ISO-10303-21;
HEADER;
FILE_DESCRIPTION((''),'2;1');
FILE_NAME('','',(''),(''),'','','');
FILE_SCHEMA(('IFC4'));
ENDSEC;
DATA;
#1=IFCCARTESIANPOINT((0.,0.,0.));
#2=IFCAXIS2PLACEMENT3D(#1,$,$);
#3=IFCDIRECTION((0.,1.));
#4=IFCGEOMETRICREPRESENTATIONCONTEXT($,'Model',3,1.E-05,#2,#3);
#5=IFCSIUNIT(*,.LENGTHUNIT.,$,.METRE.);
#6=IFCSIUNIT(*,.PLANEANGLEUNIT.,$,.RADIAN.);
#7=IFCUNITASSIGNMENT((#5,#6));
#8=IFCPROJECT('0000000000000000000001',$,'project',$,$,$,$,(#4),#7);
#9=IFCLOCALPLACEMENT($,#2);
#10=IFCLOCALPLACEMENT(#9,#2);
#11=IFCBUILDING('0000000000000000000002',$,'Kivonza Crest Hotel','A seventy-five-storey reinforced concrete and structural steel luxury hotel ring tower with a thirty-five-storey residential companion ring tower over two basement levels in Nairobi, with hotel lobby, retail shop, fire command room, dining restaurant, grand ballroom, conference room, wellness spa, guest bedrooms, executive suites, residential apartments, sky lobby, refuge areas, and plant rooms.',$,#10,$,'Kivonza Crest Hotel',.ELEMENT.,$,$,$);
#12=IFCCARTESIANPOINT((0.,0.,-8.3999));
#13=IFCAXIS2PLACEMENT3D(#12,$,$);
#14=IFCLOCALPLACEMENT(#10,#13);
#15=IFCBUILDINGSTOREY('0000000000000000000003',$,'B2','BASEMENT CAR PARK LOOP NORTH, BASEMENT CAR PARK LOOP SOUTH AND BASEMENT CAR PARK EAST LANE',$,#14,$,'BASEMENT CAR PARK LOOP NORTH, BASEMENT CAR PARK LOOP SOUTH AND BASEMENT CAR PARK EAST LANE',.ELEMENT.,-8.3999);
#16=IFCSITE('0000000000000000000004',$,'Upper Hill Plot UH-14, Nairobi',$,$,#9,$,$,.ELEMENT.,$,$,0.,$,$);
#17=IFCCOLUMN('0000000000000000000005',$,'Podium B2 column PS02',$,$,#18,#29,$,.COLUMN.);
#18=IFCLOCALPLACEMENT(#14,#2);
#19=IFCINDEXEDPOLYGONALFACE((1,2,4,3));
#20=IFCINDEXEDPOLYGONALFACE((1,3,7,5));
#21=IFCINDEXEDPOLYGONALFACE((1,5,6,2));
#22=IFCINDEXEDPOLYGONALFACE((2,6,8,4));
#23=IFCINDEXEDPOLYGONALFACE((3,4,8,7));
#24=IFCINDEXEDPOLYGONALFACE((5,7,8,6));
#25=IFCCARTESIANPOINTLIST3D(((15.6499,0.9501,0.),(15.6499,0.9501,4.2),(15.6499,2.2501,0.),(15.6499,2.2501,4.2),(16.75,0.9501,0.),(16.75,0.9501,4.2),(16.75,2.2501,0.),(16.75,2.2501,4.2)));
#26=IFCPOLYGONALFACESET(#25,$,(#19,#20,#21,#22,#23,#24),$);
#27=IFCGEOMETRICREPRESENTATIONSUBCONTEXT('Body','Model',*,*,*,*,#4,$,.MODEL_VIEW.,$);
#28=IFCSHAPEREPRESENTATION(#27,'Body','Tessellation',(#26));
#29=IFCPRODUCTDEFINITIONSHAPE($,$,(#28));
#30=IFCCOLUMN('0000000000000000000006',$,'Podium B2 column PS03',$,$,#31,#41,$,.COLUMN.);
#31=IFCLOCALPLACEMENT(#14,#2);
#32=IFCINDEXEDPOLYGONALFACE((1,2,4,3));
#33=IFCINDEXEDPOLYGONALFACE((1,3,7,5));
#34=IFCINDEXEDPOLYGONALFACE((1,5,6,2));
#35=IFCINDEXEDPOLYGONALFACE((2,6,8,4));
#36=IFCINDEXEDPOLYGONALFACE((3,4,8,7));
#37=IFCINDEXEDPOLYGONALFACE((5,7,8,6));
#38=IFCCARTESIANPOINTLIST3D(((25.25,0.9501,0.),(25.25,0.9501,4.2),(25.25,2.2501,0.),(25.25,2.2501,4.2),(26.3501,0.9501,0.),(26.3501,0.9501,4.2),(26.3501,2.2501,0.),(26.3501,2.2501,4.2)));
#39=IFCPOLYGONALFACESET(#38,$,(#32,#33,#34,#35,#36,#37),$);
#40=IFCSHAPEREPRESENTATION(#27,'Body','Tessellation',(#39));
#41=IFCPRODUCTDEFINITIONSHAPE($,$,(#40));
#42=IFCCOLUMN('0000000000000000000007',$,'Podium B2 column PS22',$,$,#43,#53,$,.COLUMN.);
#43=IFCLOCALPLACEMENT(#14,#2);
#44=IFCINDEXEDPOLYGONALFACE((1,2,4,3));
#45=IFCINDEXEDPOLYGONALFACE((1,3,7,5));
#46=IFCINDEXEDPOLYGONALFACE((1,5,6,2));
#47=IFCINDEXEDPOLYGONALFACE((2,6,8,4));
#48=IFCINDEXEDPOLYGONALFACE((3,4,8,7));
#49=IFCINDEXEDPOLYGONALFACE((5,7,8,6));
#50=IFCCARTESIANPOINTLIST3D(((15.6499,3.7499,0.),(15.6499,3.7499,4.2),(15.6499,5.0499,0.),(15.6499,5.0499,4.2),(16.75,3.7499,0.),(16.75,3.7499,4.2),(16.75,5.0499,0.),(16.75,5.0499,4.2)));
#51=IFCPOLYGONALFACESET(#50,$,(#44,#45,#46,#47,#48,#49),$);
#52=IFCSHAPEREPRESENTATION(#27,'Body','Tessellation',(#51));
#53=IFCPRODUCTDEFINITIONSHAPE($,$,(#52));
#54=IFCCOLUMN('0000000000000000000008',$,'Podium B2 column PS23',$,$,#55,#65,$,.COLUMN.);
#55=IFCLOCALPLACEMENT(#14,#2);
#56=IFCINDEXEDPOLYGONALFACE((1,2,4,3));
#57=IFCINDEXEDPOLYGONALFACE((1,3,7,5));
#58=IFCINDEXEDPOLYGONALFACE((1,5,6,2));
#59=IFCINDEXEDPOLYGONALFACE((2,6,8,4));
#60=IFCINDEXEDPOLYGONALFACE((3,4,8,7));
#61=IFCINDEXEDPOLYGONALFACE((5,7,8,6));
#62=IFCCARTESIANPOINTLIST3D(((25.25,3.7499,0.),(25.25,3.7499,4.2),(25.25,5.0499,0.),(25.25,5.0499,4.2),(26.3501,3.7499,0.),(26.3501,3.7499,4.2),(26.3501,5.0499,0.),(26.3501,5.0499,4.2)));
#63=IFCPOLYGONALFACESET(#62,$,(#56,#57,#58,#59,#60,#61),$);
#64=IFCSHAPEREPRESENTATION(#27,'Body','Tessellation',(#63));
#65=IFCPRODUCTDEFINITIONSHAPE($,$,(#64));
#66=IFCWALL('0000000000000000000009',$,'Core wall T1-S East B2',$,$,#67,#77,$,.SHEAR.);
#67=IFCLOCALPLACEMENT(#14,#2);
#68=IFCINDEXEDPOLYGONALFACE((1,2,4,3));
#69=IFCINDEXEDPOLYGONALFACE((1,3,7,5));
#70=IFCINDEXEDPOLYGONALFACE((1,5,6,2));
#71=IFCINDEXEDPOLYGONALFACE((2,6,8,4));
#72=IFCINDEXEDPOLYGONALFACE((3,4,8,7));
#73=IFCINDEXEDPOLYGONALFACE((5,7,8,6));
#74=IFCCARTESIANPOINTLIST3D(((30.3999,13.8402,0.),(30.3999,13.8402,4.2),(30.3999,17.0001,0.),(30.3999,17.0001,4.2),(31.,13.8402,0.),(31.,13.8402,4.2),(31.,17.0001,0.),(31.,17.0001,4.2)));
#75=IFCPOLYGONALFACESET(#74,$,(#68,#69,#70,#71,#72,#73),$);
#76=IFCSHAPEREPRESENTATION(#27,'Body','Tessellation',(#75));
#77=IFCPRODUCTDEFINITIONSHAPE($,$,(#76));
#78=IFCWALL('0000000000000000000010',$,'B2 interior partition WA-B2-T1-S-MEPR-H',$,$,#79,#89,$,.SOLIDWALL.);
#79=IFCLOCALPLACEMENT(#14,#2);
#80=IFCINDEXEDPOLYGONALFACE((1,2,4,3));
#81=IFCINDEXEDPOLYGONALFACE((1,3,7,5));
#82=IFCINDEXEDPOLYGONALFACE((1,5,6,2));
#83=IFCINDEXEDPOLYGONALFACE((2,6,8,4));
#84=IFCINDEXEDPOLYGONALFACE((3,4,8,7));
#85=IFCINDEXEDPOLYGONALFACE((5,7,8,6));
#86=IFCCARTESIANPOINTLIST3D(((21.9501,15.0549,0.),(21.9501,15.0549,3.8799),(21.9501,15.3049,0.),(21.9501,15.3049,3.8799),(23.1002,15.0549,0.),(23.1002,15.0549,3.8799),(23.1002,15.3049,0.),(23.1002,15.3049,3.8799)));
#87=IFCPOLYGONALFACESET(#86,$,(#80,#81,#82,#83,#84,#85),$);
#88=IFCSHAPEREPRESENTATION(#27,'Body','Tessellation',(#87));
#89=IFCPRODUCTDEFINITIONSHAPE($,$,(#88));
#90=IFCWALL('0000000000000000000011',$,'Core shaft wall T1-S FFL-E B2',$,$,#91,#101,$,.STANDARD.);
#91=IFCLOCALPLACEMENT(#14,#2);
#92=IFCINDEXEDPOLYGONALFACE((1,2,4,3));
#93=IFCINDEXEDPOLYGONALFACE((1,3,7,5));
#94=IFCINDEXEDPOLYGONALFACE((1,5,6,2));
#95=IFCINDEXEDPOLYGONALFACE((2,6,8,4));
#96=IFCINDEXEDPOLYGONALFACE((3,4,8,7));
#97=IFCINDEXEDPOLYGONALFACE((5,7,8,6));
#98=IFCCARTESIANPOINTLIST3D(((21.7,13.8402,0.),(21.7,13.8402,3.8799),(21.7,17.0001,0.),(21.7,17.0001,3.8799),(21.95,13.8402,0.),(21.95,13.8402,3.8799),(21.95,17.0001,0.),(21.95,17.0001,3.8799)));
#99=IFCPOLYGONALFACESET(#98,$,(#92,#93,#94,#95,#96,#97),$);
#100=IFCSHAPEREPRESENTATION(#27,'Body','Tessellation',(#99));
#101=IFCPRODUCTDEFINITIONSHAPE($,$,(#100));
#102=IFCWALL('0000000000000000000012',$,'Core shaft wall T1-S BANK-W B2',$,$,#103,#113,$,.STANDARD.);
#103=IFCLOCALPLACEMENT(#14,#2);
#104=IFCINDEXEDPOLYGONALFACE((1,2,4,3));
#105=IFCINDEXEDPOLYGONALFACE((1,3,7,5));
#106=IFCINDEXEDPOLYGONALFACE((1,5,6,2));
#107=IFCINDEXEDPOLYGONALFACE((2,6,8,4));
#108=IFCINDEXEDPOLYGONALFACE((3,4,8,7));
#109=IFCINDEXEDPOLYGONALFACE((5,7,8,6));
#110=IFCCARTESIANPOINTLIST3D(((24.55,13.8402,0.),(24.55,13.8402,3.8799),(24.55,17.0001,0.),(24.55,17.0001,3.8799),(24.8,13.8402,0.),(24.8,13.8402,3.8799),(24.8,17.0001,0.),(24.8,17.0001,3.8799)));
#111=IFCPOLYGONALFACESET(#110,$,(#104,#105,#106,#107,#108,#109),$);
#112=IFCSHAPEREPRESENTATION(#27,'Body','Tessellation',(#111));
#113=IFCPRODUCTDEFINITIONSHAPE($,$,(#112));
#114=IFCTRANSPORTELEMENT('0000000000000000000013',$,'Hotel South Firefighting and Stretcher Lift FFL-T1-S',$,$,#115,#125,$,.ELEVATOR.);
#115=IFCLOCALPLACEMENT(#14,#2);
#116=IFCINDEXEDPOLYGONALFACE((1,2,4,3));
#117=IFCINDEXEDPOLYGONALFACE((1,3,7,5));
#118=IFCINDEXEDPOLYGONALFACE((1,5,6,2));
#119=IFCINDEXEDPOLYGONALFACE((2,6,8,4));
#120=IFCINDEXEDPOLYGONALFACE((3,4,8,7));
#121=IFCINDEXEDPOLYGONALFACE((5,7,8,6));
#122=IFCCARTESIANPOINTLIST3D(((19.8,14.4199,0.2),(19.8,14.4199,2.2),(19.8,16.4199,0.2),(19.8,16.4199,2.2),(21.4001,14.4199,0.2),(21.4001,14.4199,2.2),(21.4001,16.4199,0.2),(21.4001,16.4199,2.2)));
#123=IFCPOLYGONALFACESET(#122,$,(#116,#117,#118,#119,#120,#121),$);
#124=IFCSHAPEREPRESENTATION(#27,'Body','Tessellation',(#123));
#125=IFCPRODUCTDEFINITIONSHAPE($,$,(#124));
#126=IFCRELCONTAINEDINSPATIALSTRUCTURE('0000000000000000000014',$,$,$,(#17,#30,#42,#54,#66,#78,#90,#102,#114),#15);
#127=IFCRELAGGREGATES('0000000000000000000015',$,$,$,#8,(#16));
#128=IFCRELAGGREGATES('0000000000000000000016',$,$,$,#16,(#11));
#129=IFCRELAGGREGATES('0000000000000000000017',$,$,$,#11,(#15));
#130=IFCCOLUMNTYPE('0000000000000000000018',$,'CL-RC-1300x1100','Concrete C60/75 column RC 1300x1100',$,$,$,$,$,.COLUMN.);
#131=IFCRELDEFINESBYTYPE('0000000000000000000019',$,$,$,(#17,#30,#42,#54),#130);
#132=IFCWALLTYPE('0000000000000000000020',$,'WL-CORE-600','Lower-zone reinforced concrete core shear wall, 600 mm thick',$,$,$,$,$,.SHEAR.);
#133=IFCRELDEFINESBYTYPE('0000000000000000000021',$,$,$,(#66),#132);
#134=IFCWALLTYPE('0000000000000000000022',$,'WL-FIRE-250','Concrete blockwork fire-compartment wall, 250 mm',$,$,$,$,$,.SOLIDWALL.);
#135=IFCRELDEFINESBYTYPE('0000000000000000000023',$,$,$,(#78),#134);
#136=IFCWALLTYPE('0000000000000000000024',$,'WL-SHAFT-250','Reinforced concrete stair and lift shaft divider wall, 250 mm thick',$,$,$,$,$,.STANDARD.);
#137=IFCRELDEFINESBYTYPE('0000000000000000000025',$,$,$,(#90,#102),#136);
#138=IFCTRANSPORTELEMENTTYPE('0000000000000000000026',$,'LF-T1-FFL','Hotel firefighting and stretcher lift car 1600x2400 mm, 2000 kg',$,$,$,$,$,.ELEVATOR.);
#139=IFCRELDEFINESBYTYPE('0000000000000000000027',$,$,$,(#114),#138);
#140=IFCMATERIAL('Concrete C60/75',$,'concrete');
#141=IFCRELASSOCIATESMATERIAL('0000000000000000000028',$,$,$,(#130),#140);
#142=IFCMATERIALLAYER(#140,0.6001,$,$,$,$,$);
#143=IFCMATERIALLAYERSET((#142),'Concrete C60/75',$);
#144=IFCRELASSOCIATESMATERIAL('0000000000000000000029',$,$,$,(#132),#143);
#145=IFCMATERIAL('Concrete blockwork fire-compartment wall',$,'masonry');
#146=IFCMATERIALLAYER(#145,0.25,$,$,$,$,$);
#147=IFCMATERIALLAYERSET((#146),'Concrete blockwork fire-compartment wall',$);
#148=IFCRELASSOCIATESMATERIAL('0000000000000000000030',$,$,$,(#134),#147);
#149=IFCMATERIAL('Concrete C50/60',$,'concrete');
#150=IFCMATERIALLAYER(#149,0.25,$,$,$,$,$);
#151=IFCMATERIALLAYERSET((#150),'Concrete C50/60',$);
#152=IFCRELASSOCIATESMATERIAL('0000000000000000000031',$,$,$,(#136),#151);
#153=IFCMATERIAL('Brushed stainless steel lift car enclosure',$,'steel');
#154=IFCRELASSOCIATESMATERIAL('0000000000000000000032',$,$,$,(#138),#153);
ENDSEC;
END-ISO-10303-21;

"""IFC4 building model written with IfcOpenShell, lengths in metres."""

from ifc_helpers import new_model, si_unit, direction, frame, frame_2d, origin, origin_2d, place, context, subcontext, project, spatial, rectangle, extrude, material, layer, layer_set, material_profile, profile_set, type_object, element, save


model = new_model("IFC4")

# Units and contexts
model_context = context("Model", 3, precision=1e-05, world=origin(), true_north=direction((0.0, 1.0)))
body_context = subcontext(model_context, "Body", "Model", "MODEL_VIEW")
ifc_project = project(units=[si_unit("LENGTHUNIT", "METRE"), si_unit("PLANEANGLEUNIT", "RADIAN")], contexts=[model_context])

# Site, building, storey
site_placement = place(None, origin())
site = spatial("IfcSite", under=ifc_project, at=site_placement, Name="Upper Hill Plot UH-14, Nairobi", CompositionType="ELEMENT", RefElevation=0.0)
building_placement = place(site_placement, origin())
building = spatial("IfcBuilding", under=site, at=building_placement, Name="Kivonza Crest Hotel", Description="A seventy-five-storey reinforced concrete and structural steel luxury hotel ring tower with a thirty-five-storey residential companion ring tower over two basement levels in Nairobi, with hotel lobby, retail shop, fire command room, dining restaurant, grand ballroom, conference room, wellness spa, guest bedrooms, executive suites, residential apartments, sky lobby, refuge areas, and plant rooms.", LongName="Kivonza Crest Hotel", CompositionType="ELEMENT")
storey_placement = place(building_placement, frame((0.0, 0.0, -8.3999)))
storey = spatial("IfcBuildingStorey", under=building, at=storey_placement, Name="B2", Description="BASEMENT CAR PARK LOOP NORTH, BASEMENT CAR PARK LOOP SOUTH AND BASEMENT CAR PARK EAST LANE", LongName="BASEMENT CAR PARK LOOP NORTH, BASEMENT CAR PARK LOOP SOUTH AND BASEMENT CAR PARK EAST LANE", CompositionType="ELEMENT", Elevation=-8.3999)

# Columns
ifc_material_1 = material(Name="Concrete C60/75", Category="concrete")
ifc_material_profile_1 = material_profile(ifc_material_1, rectangle(XDim=1.1001, YDim=1.3, at=origin_2d()), Name="RC 1300x1100")
ifc_profile_set_1 = profile_set([ifc_material_profile_1], Name="Concrete C60/75")
column_type = type_object("IfcColumnType", Name="CL-RC-1300x1100", Description="Concrete C60/75 column RC 1300x1100", PredefinedType="COLUMN", material=ifc_profile_set_1)
for number, where, z_axis, x_axis, name in (
    (1, (16.2, 1.6001, 0.0), (0.0, 0.0, 1.0), (1.0, 0.0, 0.0), "Podium B2 column PS02"),
    (2, (25.8, 1.6001, 0.0), (0.0, 0.0, 1.0), (1.0, 0.0, 0.0), "Podium B2 column PS03"),
    (3, (16.2, 4.3999, 0.0), (0.0, 0.0, 1.0), (1.0, 0.0, 0.0), "Podium B2 column PS22"),
    (4, (25.8, 4.3999, 0.0), (0.0, 0.0, 1.0), (1.0, 0.0, 0.0), "Podium B2 column PS23"),
):
    element("IfcColumn", number, at=place(storey_placement, frame(where, z_axis=z_axis, x_axis=x_axis)), inside=storey, type_object=column_type, Name=name, PredefinedType="COLUMN", context=body_context, shape_type="SweptSolid", body=[
        extrude(rectangle(XDim=1.1001, YDim=1.3, at=origin_2d()), origin(), (0.0, 0.0, 1.0), 4.2),
    ])

# Walls
ifc_layer_1 = layer(ifc_material_1, 0.6001)
ifc_layer_set_1 = layer_set([ifc_layer_1], Name="Concrete C60/75")
wall_type_1 = type_object("IfcWallType", Name="WL-CORE-600", Description="Lower-zone reinforced concrete core shear wall, 600 mm thick", PredefinedType="SHEAR", material=ifc_layer_set_1)
wall_1_placement = place(storey_placement, frame((30.7, 13.8401, 0.0), z_axis=(0.0, 0.0, 1.0), x_axis=(0.0, 1.0, 0.0)))
element("IfcWall", 5, at=wall_1_placement, inside=storey, type_object=wall_type_1, Name="Core wall T1-S East B2", PredefinedType="SHEAR", context=body_context, shape_type="SweptSolid", body=[
    extrude(rectangle(XDim=3.1599, YDim=0.6001, at=frame_2d((1.5801, 0.0))), origin(), (0.0, 0.0, 1.0), 4.2),
])
ifc_material_2 = material(Name="Concrete blockwork fire-compartment wall", Category="masonry")
ifc_layer_2 = layer(ifc_material_2, 0.25)
ifc_layer_set_2 = layer_set([ifc_layer_2], Name="Concrete blockwork fire-compartment wall")
wall_type_2 = type_object("IfcWallType", Name="WL-FIRE-250", Description="Concrete blockwork fire-compartment wall, 250 mm", PredefinedType="SOLIDWALL", material=ifc_layer_set_2)
wall_2_placement = place(storey_placement, frame((21.95, 15.1799, 0.0), z_axis=(0.0, 0.0, 1.0), x_axis=(1.0, 0.0, 0.0)))
element("IfcWall", 6, at=wall_2_placement, inside=storey, type_object=wall_type_2, Name="B2 interior partition WA-B2-T1-S-MEPR-H", PredefinedType="SOLIDWALL", context=body_context, shape_type="SweptSolid", body=[
    extrude(rectangle(XDim=1.1501, YDim=0.25, at=frame_2d((0.5752, 0.0))), origin(), (0.0, 0.0, 1.0), 3.8799),
])

# Shared definitions
ifc_material_3 = material(Name="Concrete C50/60", Category="concrete")
ifc_layer_3 = layer(ifc_material_3, 0.25)
ifc_layer_set_3 = layer_set([ifc_layer_3], Name="Concrete C50/60")
wall_type_3 = type_object("IfcWallType", Name="WL-SHAFT-250", Description="Reinforced concrete stair and lift shaft divider wall, 250 mm thick", PredefinedType="STANDARD", material=ifc_layer_set_3)

# Walls
for number, where, z_axis, x_axis, name in (
    (7, (21.825, 13.8401, 0.0), (0.0, 0.0, 1.0), (0.0, 1.0, 0.0), "Core shaft wall T1-S FFL-E B2"),
    (8, (24.675, 13.8401, 0.0), (0.0, 0.0, 1.0), (0.0, 1.0, 0.0), "Core shaft wall T1-S BANK-W B2"),
):
    element("IfcWall", number, at=place(storey_placement, frame(where, z_axis=z_axis, x_axis=x_axis)), inside=storey, type_object=wall_type_3, Name=name, PredefinedType="STANDARD", context=body_context, shape_type="SweptSolid", body=[
        extrude(rectangle(XDim=3.1599, YDim=0.25, at=frame_2d((1.5801, 0.0))), origin(), (0.0, 0.0, 1.0), 3.8799),
    ])

# Transport element
ifc_material_4 = material(Name="Brushed stainless steel lift car enclosure", Category="steel")
transport_element_type = type_object("IfcTransportElementType", Name="LF-T1-FFL", Description="Hotel firefighting and stretcher lift car 1600x2400 mm, 2000 kg", PredefinedType="ELEVATOR", material=ifc_material_4)
transport_element_placement = place(storey_placement, frame((20.6001, 15.4199, 0.2), z_axis=(0.0, 0.0, 1.0), x_axis=(1.0, 0.0, 0.0)))
element("IfcTransportElement", 9, at=transport_element_placement, inside=storey, type_object=transport_element_type, Name="Hotel South Firefighting and Stretcher Lift FFL-T1-S", PredefinedType="ELEVATOR", context=body_context, shape_type="SweptSolid", body=[
    extrude(rectangle(XDim=1.6001, YDim=2.0, at=origin_2d()), origin(), (0.0, 0.0, 1.0), 2.0),
])

save(model, "model.ifc")
